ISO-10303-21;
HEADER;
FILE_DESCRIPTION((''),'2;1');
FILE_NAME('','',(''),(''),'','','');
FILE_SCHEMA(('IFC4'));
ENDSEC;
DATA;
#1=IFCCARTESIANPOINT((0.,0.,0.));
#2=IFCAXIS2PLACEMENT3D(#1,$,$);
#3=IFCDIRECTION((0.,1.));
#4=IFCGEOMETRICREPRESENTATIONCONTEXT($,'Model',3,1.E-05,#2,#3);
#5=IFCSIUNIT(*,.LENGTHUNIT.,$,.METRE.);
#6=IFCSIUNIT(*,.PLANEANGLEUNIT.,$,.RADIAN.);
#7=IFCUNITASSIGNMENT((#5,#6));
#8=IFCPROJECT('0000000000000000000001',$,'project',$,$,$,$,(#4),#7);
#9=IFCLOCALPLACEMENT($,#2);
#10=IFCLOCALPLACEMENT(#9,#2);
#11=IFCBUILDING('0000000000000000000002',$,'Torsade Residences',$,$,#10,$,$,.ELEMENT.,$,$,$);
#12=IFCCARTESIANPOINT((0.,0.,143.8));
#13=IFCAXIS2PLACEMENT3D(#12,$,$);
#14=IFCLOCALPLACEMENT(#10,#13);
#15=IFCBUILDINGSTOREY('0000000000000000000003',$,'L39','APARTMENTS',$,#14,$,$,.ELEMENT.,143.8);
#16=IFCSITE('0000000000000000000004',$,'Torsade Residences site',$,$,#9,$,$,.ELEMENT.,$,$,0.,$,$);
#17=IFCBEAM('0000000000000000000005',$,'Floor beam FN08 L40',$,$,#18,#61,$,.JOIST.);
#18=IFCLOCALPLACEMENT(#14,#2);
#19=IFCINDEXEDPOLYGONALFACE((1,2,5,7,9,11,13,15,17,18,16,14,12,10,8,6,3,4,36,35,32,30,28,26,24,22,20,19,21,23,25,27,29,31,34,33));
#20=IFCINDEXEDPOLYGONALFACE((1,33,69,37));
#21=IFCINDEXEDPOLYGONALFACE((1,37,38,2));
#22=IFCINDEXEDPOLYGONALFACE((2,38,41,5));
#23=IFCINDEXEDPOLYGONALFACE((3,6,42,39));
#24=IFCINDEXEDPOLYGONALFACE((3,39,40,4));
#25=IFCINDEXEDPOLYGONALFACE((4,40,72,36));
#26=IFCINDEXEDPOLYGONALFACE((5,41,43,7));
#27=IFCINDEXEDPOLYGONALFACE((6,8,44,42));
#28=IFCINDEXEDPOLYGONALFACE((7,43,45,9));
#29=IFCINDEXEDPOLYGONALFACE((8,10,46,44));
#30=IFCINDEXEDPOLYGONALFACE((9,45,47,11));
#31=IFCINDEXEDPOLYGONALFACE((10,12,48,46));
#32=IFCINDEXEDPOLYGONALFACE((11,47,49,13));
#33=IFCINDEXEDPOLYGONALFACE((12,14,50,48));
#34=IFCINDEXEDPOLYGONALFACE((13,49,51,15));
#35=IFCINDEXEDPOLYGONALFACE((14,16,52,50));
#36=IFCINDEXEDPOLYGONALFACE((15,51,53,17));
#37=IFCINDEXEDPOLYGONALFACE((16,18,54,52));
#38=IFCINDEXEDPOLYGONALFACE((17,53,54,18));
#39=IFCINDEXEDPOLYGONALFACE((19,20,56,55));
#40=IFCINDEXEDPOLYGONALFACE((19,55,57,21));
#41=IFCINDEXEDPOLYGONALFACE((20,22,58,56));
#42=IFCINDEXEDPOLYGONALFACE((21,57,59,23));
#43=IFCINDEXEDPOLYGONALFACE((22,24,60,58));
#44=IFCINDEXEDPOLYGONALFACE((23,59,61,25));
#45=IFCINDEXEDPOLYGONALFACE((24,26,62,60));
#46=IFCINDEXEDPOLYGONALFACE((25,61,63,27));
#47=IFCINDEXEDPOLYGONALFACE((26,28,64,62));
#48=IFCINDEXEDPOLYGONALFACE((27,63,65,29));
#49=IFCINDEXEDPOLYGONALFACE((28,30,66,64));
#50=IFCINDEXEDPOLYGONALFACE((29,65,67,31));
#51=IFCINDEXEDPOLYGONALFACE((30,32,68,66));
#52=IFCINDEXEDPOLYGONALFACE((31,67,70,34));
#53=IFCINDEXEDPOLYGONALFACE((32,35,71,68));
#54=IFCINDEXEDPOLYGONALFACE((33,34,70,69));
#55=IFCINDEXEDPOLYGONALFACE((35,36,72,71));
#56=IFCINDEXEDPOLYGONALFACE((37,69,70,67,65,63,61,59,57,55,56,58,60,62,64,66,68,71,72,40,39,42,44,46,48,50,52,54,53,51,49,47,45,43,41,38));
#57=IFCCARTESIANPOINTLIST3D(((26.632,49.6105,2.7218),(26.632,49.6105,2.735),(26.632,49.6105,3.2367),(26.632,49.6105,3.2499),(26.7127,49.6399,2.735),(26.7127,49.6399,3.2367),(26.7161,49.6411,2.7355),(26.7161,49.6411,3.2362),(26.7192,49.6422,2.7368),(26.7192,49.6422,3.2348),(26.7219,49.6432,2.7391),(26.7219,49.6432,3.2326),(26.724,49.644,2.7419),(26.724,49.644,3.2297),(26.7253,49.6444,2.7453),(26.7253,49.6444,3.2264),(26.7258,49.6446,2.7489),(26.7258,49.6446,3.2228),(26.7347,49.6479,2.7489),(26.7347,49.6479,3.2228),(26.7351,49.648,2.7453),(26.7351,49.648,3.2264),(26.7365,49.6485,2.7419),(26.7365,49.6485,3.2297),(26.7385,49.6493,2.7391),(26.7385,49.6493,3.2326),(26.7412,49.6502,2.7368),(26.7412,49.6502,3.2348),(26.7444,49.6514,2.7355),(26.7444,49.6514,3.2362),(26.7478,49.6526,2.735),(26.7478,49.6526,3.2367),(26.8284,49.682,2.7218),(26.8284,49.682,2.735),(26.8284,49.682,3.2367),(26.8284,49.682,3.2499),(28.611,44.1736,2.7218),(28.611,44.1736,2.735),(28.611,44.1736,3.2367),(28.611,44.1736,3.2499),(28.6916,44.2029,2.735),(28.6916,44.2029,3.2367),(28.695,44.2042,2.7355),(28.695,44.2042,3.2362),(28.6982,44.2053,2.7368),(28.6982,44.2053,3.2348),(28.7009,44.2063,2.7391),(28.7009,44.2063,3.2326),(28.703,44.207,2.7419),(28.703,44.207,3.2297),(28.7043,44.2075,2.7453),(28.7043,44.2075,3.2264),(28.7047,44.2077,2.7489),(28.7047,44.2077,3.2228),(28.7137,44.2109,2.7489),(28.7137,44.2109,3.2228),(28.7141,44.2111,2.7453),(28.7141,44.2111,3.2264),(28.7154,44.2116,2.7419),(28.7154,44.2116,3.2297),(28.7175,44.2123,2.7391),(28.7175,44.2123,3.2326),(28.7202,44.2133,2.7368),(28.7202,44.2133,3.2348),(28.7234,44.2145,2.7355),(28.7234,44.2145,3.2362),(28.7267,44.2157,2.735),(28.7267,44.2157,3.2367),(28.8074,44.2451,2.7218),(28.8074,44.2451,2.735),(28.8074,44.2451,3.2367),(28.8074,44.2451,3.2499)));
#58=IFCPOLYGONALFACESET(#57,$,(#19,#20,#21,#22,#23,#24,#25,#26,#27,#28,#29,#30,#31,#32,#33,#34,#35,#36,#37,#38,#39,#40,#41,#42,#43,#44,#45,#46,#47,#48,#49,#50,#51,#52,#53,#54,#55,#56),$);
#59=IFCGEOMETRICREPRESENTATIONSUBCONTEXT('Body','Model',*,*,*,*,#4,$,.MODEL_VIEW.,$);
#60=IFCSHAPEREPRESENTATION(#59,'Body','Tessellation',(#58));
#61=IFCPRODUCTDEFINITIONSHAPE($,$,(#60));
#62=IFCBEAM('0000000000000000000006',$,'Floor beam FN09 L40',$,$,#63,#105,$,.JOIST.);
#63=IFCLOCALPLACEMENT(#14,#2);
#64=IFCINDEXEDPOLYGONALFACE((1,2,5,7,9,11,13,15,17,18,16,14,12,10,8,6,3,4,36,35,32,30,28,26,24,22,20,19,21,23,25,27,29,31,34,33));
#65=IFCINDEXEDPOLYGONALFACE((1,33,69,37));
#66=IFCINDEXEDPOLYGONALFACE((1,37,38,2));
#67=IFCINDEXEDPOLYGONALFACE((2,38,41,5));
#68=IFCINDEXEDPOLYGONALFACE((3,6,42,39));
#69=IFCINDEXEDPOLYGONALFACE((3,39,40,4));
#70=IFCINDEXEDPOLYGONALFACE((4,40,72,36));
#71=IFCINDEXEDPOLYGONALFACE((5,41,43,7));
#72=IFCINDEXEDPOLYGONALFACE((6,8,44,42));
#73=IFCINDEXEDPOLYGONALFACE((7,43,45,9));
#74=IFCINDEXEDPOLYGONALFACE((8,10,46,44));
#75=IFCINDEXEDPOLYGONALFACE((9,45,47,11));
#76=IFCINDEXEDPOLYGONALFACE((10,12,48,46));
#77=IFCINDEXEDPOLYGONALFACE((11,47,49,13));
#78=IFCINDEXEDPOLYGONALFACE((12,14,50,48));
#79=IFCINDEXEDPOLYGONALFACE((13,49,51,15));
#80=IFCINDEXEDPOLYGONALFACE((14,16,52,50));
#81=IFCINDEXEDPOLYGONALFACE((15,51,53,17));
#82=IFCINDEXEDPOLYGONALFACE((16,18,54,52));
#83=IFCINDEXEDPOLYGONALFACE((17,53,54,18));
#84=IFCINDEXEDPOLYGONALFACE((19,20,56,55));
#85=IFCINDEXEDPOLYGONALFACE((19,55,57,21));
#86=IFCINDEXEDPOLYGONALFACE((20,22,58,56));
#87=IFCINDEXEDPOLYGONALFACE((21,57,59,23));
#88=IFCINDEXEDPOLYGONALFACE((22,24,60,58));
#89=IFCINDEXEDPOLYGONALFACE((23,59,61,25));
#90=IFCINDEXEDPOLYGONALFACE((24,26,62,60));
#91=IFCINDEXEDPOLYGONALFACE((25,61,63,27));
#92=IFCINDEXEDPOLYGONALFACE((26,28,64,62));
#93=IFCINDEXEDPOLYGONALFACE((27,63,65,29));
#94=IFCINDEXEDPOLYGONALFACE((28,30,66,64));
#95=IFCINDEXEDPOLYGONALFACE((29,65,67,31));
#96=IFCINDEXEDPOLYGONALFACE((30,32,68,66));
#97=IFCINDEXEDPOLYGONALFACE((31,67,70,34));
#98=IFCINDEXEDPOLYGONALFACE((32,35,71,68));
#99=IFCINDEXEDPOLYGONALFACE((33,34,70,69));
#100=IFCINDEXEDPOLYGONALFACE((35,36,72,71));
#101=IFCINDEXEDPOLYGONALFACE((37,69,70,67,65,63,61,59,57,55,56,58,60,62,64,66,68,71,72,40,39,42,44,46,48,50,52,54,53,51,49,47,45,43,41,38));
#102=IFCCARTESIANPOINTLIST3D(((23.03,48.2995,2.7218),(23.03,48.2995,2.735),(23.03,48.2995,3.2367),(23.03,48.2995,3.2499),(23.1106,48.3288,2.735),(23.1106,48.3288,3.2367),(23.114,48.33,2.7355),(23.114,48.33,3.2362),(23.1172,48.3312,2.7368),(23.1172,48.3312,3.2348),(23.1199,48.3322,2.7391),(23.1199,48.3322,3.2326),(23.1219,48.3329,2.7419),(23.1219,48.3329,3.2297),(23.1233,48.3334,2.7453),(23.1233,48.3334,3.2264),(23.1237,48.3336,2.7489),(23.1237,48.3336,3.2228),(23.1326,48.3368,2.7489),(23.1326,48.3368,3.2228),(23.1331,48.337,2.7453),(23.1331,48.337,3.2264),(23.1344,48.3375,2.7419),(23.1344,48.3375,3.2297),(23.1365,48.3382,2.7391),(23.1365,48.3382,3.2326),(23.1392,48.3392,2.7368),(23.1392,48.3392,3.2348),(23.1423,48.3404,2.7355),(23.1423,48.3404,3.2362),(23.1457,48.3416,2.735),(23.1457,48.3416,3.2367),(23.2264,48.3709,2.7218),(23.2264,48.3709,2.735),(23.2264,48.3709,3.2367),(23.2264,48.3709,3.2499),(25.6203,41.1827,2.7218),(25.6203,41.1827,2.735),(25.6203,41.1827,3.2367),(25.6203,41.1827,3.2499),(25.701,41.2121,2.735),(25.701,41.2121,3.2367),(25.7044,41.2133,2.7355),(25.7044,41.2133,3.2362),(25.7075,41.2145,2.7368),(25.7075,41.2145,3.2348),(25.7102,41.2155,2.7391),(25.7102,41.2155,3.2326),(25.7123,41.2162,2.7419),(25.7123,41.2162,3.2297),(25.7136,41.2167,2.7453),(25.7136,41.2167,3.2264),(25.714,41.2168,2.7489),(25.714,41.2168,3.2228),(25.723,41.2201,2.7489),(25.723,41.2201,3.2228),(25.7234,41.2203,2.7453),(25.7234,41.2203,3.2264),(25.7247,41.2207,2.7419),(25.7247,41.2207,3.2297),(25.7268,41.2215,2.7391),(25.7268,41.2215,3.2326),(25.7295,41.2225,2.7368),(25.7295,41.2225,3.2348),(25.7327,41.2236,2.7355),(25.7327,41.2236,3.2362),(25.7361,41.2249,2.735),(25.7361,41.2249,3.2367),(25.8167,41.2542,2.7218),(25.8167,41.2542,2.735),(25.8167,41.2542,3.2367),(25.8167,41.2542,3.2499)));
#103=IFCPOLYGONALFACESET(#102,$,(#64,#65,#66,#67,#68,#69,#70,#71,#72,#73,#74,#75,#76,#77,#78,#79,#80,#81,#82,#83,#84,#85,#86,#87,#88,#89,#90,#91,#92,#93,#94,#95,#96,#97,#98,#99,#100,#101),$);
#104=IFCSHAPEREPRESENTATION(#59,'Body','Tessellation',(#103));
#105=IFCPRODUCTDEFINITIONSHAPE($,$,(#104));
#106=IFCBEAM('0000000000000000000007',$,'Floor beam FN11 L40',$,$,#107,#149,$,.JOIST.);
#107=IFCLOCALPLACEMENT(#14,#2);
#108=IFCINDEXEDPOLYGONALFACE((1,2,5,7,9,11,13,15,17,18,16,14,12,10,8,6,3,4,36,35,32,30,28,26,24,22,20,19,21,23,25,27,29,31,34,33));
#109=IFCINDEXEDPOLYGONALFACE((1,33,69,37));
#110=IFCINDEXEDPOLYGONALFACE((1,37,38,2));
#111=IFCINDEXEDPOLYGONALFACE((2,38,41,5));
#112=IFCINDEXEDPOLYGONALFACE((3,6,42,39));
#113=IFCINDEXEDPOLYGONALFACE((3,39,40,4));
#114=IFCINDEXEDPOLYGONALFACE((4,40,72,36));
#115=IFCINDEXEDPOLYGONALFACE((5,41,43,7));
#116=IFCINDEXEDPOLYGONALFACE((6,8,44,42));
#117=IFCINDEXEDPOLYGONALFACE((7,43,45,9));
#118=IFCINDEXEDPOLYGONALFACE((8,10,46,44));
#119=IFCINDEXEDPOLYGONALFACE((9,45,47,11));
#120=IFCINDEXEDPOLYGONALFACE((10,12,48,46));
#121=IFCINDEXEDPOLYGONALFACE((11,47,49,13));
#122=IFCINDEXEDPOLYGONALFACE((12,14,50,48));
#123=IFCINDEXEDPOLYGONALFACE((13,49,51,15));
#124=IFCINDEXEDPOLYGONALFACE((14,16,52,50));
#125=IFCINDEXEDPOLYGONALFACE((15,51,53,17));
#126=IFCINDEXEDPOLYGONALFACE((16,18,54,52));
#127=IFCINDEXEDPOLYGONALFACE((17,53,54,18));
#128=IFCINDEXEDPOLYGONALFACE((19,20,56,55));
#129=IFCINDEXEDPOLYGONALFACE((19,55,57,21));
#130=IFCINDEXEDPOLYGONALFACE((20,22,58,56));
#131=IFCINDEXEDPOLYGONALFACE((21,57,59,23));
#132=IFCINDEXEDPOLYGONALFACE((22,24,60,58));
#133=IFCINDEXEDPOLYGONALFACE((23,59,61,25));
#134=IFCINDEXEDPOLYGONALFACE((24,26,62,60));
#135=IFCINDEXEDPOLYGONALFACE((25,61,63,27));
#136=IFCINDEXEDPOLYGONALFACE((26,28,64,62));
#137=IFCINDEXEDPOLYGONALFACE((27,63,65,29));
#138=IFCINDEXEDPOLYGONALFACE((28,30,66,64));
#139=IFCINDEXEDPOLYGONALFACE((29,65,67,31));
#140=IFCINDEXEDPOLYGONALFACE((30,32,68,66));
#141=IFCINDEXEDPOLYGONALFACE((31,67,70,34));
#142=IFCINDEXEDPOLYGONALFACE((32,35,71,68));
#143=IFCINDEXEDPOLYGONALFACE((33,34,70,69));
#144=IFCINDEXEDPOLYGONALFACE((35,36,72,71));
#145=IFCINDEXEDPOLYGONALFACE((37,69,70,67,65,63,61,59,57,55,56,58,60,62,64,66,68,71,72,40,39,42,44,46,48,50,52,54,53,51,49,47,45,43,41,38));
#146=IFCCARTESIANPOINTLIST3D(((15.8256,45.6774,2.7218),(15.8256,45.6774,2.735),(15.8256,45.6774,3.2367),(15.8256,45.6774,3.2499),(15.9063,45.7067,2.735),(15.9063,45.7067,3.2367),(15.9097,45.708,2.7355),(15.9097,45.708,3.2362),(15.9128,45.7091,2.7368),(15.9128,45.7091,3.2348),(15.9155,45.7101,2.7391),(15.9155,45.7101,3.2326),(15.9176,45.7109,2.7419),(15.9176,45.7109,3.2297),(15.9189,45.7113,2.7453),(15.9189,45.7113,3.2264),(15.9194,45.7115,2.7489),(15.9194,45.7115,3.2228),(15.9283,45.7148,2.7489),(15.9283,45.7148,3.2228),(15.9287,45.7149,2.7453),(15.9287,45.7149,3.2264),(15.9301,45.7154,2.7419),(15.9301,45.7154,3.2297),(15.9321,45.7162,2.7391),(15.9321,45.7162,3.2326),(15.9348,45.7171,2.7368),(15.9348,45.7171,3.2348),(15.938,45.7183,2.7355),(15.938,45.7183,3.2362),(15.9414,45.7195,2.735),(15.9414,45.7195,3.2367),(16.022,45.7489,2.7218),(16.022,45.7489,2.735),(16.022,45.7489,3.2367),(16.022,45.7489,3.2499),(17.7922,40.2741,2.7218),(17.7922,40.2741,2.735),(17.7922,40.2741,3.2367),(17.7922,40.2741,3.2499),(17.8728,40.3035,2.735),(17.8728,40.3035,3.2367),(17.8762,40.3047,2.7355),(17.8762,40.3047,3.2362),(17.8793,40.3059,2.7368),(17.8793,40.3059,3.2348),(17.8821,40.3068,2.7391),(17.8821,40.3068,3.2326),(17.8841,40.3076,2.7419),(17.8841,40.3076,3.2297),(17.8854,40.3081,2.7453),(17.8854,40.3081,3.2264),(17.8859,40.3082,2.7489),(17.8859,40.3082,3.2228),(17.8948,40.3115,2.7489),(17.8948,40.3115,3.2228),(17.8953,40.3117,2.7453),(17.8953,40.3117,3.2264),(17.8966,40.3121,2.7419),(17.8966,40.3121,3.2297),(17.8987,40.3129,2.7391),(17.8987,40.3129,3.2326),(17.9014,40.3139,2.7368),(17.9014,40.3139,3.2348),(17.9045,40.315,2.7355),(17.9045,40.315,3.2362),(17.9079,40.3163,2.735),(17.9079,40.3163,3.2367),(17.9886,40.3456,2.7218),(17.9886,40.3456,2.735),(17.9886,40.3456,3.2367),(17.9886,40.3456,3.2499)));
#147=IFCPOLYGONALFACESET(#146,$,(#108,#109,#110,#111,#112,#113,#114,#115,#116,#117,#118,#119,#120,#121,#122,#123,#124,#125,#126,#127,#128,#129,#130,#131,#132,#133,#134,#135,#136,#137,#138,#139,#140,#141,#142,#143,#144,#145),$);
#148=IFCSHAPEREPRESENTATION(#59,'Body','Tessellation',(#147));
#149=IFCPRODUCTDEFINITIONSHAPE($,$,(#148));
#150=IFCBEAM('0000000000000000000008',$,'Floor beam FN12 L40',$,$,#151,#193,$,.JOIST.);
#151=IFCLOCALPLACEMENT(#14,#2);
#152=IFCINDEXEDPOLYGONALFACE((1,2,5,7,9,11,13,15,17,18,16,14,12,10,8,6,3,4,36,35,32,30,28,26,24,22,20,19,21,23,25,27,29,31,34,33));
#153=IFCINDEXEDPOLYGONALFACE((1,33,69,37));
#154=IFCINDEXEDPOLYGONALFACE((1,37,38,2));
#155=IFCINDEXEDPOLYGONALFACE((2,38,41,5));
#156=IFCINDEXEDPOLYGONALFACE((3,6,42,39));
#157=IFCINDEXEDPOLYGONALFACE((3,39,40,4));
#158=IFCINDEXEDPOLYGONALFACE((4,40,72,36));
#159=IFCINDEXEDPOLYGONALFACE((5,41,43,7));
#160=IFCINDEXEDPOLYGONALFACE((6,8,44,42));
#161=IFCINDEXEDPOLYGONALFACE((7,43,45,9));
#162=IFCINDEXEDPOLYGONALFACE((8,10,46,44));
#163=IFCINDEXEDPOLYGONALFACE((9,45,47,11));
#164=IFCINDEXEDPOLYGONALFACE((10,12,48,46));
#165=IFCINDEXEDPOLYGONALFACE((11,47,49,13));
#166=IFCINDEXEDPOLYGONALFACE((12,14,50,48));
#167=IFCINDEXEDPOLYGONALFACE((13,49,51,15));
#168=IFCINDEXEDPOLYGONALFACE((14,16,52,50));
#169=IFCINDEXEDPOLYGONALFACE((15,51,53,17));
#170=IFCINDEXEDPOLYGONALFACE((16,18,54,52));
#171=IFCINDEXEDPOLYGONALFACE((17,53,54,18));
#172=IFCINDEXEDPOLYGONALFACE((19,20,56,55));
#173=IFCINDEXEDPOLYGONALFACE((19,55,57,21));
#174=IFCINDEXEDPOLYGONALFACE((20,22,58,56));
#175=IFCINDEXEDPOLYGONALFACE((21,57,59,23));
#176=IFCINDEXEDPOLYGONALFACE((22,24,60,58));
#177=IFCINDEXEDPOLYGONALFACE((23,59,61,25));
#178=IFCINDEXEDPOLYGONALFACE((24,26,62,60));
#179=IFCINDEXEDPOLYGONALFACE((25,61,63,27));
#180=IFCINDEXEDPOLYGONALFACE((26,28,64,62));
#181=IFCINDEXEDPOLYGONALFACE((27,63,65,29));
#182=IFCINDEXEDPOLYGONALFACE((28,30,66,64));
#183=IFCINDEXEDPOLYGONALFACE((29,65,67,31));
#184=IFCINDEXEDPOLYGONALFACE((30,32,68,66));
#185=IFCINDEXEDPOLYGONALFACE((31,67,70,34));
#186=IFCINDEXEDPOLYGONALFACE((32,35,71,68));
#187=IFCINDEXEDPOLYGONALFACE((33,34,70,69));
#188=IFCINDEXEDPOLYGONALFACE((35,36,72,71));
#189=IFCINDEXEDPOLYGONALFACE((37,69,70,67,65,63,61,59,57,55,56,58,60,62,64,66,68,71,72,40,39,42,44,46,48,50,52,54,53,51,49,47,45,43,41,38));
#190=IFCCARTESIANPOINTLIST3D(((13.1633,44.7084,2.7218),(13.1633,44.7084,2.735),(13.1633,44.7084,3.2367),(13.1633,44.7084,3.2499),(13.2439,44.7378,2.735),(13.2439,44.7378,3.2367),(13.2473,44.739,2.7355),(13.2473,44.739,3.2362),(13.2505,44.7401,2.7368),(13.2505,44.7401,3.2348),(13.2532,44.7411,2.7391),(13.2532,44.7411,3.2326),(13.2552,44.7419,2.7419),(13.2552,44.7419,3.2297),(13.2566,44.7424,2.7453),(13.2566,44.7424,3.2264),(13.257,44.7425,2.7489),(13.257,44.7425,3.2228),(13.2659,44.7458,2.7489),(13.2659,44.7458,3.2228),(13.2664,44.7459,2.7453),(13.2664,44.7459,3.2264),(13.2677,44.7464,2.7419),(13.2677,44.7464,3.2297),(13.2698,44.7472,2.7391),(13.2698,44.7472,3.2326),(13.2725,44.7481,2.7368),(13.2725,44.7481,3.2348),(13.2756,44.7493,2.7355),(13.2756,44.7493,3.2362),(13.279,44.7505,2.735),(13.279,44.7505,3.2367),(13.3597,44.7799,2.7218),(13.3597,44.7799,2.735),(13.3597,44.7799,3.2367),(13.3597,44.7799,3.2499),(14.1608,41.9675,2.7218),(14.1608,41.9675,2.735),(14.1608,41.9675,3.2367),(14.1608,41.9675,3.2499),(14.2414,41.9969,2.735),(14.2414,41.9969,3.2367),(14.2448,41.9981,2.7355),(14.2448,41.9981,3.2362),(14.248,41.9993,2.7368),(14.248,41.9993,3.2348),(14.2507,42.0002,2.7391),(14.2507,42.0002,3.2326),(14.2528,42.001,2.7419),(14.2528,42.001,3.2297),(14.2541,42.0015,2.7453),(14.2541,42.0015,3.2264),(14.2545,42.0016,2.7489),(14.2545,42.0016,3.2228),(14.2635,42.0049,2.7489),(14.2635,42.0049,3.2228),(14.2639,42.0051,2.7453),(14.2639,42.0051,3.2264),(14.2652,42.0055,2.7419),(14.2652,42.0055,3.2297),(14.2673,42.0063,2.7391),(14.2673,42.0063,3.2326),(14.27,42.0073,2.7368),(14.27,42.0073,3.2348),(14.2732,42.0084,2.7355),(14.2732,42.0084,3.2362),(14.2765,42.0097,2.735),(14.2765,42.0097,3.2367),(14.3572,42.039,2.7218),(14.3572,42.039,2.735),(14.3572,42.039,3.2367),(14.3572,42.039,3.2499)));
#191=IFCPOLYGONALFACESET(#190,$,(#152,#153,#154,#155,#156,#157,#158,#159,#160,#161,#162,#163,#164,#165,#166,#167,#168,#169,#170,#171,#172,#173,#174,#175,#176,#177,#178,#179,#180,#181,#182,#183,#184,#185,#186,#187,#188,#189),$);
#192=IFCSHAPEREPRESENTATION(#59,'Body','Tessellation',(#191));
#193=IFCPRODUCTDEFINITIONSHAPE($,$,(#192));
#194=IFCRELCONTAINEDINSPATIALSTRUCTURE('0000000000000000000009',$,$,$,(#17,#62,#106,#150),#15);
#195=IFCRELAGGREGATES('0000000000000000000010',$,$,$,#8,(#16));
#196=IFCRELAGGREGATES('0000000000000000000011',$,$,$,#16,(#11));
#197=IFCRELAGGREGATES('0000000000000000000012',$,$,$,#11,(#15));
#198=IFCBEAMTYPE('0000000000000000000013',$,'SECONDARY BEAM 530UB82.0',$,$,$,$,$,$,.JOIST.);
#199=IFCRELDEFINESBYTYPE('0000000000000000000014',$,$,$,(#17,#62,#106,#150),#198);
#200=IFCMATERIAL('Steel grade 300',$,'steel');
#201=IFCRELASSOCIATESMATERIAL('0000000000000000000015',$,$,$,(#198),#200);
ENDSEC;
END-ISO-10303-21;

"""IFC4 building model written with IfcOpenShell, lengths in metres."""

from ifc_helpers import new_model, si_unit, direction, frame, origin, origin_2d, place, context, subcontext, project, spatial, i_section, extrude, material, material_profile, profile_set, type_object, element, save


model = new_model("IFC4")

# Units and contexts
model_context = context("Model", 3, precision=1e-05, world=origin(), true_north=direction((0.0, 1.0)))
body_context = subcontext(model_context, "Body", "Model", "MODEL_VIEW")
ifc_project = project(units=[si_unit("LENGTHUNIT", "METRE"), si_unit("PLANEANGLEUNIT", "RADIAN")], contexts=[model_context])

# Site, building, storey
site_placement = place(None, origin())
site = spatial("IfcSite", under=ifc_project, at=site_placement, Name="Torsade Residences site", CompositionType="ELEMENT", RefElevation=0.0)
building_placement = place(site_placement, origin())
building = spatial("IfcBuilding", under=site, at=building_placement, Name="Torsade Residences", CompositionType="ELEMENT")
storey_placement = place(building_placement, frame((0.0, 0.0, 143.8)))
storey = spatial("IfcBuildingStorey", under=building, at=storey_placement, Name="L39", Description="APARTMENTS", CompositionType="ELEMENT", Elevation=143.8)

# Beams
ifc_material_1 = material(Name="Steel grade 300", Category="steel")
ifc_material_profile_1 = material_profile(ifc_material_1, i_section(OverallWidth=0.209, OverallDepth=0.5281, WebThickness=0.0095, FlangeThickness=0.0132, FilletRadius=0.0139, at=origin_2d()), Name="530UB82.0")
ifc_profile_set_1 = profile_set([ifc_material_profile_1], Name="Steel grade 300")
beam_type_1 = type_object("IfcBeamType", Name="SECONDARY BEAM 530UB82.0", PredefinedType="JOIST", material=ifc_profile_set_1)
beam_1_placement = place(storey_placement, frame((26.7302, 49.6462, 2.9858), z_axis=(0.342034, -0.939687, 0.0), x_axis=(0.939687, 0.342034, 0.0)))
element("IfcBeam", 1, at=beam_1_placement, inside=storey, type_object=beam_type_1, Name="Floor beam FN08 L40", PredefinedType="JOIST", context=body_context, shape_type="SweptSolid", body=[
    extrude(i_section(OverallWidth=0.209, OverallDepth=0.5281, WebThickness=0.0095, FlangeThickness=0.0132, FilletRadius=0.0139, at=origin_2d()), origin(), (0.0, 0.0, 1.0), 5.7859),
])
beam_2_placement = place(storey_placement, frame((23.1282, 48.3352, 2.9858), z_axis=(0.342028, -0.93969, 0.0), x_axis=(0.93969, 0.342028, 0.0)))
element("IfcBeam", 2, at=beam_2_placement, inside=storey, type_object=beam_type_1, Name="Floor beam FN09 L40", PredefinedType="JOIST", context=body_context, shape_type="SweptSolid", body=[
    extrude(i_section(OverallWidth=0.209, OverallDepth=0.5281, WebThickness=0.0095, FlangeThickness=0.0132, FilletRadius=0.0139, at=origin_2d()), origin(), (0.0, 0.0, 1.0), 7.5735),
])
beam_3_placement = place(storey_placement, frame((15.9238, 45.7131, 2.9858), z_axis=(0.342006, -0.939698, 0.0), x_axis=(0.939698, 0.342006, 0.0)))
element("IfcBeam", 3, at=beam_3_placement, inside=storey, type_object=beam_type_1, Name="Floor beam FN11 L40", PredefinedType="JOIST", context=body_context, shape_type="SweptSolid", body=[
    extrude(i_section(OverallWidth=0.209, OverallDepth=0.5281, WebThickness=0.0095, FlangeThickness=0.0132, FilletRadius=0.0139, at=origin_2d()), origin(), (0.0, 0.0, 1.0), 5.75),
])
beam_4_placement = place(storey_placement, frame((13.2615, 44.7441, 2.9858), z_axis=(0.341998, -0.939701, 0.0), x_axis=(0.939701, 0.341998, 0.0)))
element("IfcBeam", 4, at=beam_4_placement, inside=storey, type_object=beam_type_1, Name="Floor beam FN12 L40", PredefinedType="JOIST", context=body_context, shape_type="SweptSolid", body=[
    extrude(i_section(OverallWidth=0.209, OverallDepth=0.5281, WebThickness=0.0095, FlangeThickness=0.0132, FilletRadius=0.0139, at=origin_2d()), origin(), (0.0, 0.0, 1.0), 2.9167),
])

save(model, "model.ifc")
